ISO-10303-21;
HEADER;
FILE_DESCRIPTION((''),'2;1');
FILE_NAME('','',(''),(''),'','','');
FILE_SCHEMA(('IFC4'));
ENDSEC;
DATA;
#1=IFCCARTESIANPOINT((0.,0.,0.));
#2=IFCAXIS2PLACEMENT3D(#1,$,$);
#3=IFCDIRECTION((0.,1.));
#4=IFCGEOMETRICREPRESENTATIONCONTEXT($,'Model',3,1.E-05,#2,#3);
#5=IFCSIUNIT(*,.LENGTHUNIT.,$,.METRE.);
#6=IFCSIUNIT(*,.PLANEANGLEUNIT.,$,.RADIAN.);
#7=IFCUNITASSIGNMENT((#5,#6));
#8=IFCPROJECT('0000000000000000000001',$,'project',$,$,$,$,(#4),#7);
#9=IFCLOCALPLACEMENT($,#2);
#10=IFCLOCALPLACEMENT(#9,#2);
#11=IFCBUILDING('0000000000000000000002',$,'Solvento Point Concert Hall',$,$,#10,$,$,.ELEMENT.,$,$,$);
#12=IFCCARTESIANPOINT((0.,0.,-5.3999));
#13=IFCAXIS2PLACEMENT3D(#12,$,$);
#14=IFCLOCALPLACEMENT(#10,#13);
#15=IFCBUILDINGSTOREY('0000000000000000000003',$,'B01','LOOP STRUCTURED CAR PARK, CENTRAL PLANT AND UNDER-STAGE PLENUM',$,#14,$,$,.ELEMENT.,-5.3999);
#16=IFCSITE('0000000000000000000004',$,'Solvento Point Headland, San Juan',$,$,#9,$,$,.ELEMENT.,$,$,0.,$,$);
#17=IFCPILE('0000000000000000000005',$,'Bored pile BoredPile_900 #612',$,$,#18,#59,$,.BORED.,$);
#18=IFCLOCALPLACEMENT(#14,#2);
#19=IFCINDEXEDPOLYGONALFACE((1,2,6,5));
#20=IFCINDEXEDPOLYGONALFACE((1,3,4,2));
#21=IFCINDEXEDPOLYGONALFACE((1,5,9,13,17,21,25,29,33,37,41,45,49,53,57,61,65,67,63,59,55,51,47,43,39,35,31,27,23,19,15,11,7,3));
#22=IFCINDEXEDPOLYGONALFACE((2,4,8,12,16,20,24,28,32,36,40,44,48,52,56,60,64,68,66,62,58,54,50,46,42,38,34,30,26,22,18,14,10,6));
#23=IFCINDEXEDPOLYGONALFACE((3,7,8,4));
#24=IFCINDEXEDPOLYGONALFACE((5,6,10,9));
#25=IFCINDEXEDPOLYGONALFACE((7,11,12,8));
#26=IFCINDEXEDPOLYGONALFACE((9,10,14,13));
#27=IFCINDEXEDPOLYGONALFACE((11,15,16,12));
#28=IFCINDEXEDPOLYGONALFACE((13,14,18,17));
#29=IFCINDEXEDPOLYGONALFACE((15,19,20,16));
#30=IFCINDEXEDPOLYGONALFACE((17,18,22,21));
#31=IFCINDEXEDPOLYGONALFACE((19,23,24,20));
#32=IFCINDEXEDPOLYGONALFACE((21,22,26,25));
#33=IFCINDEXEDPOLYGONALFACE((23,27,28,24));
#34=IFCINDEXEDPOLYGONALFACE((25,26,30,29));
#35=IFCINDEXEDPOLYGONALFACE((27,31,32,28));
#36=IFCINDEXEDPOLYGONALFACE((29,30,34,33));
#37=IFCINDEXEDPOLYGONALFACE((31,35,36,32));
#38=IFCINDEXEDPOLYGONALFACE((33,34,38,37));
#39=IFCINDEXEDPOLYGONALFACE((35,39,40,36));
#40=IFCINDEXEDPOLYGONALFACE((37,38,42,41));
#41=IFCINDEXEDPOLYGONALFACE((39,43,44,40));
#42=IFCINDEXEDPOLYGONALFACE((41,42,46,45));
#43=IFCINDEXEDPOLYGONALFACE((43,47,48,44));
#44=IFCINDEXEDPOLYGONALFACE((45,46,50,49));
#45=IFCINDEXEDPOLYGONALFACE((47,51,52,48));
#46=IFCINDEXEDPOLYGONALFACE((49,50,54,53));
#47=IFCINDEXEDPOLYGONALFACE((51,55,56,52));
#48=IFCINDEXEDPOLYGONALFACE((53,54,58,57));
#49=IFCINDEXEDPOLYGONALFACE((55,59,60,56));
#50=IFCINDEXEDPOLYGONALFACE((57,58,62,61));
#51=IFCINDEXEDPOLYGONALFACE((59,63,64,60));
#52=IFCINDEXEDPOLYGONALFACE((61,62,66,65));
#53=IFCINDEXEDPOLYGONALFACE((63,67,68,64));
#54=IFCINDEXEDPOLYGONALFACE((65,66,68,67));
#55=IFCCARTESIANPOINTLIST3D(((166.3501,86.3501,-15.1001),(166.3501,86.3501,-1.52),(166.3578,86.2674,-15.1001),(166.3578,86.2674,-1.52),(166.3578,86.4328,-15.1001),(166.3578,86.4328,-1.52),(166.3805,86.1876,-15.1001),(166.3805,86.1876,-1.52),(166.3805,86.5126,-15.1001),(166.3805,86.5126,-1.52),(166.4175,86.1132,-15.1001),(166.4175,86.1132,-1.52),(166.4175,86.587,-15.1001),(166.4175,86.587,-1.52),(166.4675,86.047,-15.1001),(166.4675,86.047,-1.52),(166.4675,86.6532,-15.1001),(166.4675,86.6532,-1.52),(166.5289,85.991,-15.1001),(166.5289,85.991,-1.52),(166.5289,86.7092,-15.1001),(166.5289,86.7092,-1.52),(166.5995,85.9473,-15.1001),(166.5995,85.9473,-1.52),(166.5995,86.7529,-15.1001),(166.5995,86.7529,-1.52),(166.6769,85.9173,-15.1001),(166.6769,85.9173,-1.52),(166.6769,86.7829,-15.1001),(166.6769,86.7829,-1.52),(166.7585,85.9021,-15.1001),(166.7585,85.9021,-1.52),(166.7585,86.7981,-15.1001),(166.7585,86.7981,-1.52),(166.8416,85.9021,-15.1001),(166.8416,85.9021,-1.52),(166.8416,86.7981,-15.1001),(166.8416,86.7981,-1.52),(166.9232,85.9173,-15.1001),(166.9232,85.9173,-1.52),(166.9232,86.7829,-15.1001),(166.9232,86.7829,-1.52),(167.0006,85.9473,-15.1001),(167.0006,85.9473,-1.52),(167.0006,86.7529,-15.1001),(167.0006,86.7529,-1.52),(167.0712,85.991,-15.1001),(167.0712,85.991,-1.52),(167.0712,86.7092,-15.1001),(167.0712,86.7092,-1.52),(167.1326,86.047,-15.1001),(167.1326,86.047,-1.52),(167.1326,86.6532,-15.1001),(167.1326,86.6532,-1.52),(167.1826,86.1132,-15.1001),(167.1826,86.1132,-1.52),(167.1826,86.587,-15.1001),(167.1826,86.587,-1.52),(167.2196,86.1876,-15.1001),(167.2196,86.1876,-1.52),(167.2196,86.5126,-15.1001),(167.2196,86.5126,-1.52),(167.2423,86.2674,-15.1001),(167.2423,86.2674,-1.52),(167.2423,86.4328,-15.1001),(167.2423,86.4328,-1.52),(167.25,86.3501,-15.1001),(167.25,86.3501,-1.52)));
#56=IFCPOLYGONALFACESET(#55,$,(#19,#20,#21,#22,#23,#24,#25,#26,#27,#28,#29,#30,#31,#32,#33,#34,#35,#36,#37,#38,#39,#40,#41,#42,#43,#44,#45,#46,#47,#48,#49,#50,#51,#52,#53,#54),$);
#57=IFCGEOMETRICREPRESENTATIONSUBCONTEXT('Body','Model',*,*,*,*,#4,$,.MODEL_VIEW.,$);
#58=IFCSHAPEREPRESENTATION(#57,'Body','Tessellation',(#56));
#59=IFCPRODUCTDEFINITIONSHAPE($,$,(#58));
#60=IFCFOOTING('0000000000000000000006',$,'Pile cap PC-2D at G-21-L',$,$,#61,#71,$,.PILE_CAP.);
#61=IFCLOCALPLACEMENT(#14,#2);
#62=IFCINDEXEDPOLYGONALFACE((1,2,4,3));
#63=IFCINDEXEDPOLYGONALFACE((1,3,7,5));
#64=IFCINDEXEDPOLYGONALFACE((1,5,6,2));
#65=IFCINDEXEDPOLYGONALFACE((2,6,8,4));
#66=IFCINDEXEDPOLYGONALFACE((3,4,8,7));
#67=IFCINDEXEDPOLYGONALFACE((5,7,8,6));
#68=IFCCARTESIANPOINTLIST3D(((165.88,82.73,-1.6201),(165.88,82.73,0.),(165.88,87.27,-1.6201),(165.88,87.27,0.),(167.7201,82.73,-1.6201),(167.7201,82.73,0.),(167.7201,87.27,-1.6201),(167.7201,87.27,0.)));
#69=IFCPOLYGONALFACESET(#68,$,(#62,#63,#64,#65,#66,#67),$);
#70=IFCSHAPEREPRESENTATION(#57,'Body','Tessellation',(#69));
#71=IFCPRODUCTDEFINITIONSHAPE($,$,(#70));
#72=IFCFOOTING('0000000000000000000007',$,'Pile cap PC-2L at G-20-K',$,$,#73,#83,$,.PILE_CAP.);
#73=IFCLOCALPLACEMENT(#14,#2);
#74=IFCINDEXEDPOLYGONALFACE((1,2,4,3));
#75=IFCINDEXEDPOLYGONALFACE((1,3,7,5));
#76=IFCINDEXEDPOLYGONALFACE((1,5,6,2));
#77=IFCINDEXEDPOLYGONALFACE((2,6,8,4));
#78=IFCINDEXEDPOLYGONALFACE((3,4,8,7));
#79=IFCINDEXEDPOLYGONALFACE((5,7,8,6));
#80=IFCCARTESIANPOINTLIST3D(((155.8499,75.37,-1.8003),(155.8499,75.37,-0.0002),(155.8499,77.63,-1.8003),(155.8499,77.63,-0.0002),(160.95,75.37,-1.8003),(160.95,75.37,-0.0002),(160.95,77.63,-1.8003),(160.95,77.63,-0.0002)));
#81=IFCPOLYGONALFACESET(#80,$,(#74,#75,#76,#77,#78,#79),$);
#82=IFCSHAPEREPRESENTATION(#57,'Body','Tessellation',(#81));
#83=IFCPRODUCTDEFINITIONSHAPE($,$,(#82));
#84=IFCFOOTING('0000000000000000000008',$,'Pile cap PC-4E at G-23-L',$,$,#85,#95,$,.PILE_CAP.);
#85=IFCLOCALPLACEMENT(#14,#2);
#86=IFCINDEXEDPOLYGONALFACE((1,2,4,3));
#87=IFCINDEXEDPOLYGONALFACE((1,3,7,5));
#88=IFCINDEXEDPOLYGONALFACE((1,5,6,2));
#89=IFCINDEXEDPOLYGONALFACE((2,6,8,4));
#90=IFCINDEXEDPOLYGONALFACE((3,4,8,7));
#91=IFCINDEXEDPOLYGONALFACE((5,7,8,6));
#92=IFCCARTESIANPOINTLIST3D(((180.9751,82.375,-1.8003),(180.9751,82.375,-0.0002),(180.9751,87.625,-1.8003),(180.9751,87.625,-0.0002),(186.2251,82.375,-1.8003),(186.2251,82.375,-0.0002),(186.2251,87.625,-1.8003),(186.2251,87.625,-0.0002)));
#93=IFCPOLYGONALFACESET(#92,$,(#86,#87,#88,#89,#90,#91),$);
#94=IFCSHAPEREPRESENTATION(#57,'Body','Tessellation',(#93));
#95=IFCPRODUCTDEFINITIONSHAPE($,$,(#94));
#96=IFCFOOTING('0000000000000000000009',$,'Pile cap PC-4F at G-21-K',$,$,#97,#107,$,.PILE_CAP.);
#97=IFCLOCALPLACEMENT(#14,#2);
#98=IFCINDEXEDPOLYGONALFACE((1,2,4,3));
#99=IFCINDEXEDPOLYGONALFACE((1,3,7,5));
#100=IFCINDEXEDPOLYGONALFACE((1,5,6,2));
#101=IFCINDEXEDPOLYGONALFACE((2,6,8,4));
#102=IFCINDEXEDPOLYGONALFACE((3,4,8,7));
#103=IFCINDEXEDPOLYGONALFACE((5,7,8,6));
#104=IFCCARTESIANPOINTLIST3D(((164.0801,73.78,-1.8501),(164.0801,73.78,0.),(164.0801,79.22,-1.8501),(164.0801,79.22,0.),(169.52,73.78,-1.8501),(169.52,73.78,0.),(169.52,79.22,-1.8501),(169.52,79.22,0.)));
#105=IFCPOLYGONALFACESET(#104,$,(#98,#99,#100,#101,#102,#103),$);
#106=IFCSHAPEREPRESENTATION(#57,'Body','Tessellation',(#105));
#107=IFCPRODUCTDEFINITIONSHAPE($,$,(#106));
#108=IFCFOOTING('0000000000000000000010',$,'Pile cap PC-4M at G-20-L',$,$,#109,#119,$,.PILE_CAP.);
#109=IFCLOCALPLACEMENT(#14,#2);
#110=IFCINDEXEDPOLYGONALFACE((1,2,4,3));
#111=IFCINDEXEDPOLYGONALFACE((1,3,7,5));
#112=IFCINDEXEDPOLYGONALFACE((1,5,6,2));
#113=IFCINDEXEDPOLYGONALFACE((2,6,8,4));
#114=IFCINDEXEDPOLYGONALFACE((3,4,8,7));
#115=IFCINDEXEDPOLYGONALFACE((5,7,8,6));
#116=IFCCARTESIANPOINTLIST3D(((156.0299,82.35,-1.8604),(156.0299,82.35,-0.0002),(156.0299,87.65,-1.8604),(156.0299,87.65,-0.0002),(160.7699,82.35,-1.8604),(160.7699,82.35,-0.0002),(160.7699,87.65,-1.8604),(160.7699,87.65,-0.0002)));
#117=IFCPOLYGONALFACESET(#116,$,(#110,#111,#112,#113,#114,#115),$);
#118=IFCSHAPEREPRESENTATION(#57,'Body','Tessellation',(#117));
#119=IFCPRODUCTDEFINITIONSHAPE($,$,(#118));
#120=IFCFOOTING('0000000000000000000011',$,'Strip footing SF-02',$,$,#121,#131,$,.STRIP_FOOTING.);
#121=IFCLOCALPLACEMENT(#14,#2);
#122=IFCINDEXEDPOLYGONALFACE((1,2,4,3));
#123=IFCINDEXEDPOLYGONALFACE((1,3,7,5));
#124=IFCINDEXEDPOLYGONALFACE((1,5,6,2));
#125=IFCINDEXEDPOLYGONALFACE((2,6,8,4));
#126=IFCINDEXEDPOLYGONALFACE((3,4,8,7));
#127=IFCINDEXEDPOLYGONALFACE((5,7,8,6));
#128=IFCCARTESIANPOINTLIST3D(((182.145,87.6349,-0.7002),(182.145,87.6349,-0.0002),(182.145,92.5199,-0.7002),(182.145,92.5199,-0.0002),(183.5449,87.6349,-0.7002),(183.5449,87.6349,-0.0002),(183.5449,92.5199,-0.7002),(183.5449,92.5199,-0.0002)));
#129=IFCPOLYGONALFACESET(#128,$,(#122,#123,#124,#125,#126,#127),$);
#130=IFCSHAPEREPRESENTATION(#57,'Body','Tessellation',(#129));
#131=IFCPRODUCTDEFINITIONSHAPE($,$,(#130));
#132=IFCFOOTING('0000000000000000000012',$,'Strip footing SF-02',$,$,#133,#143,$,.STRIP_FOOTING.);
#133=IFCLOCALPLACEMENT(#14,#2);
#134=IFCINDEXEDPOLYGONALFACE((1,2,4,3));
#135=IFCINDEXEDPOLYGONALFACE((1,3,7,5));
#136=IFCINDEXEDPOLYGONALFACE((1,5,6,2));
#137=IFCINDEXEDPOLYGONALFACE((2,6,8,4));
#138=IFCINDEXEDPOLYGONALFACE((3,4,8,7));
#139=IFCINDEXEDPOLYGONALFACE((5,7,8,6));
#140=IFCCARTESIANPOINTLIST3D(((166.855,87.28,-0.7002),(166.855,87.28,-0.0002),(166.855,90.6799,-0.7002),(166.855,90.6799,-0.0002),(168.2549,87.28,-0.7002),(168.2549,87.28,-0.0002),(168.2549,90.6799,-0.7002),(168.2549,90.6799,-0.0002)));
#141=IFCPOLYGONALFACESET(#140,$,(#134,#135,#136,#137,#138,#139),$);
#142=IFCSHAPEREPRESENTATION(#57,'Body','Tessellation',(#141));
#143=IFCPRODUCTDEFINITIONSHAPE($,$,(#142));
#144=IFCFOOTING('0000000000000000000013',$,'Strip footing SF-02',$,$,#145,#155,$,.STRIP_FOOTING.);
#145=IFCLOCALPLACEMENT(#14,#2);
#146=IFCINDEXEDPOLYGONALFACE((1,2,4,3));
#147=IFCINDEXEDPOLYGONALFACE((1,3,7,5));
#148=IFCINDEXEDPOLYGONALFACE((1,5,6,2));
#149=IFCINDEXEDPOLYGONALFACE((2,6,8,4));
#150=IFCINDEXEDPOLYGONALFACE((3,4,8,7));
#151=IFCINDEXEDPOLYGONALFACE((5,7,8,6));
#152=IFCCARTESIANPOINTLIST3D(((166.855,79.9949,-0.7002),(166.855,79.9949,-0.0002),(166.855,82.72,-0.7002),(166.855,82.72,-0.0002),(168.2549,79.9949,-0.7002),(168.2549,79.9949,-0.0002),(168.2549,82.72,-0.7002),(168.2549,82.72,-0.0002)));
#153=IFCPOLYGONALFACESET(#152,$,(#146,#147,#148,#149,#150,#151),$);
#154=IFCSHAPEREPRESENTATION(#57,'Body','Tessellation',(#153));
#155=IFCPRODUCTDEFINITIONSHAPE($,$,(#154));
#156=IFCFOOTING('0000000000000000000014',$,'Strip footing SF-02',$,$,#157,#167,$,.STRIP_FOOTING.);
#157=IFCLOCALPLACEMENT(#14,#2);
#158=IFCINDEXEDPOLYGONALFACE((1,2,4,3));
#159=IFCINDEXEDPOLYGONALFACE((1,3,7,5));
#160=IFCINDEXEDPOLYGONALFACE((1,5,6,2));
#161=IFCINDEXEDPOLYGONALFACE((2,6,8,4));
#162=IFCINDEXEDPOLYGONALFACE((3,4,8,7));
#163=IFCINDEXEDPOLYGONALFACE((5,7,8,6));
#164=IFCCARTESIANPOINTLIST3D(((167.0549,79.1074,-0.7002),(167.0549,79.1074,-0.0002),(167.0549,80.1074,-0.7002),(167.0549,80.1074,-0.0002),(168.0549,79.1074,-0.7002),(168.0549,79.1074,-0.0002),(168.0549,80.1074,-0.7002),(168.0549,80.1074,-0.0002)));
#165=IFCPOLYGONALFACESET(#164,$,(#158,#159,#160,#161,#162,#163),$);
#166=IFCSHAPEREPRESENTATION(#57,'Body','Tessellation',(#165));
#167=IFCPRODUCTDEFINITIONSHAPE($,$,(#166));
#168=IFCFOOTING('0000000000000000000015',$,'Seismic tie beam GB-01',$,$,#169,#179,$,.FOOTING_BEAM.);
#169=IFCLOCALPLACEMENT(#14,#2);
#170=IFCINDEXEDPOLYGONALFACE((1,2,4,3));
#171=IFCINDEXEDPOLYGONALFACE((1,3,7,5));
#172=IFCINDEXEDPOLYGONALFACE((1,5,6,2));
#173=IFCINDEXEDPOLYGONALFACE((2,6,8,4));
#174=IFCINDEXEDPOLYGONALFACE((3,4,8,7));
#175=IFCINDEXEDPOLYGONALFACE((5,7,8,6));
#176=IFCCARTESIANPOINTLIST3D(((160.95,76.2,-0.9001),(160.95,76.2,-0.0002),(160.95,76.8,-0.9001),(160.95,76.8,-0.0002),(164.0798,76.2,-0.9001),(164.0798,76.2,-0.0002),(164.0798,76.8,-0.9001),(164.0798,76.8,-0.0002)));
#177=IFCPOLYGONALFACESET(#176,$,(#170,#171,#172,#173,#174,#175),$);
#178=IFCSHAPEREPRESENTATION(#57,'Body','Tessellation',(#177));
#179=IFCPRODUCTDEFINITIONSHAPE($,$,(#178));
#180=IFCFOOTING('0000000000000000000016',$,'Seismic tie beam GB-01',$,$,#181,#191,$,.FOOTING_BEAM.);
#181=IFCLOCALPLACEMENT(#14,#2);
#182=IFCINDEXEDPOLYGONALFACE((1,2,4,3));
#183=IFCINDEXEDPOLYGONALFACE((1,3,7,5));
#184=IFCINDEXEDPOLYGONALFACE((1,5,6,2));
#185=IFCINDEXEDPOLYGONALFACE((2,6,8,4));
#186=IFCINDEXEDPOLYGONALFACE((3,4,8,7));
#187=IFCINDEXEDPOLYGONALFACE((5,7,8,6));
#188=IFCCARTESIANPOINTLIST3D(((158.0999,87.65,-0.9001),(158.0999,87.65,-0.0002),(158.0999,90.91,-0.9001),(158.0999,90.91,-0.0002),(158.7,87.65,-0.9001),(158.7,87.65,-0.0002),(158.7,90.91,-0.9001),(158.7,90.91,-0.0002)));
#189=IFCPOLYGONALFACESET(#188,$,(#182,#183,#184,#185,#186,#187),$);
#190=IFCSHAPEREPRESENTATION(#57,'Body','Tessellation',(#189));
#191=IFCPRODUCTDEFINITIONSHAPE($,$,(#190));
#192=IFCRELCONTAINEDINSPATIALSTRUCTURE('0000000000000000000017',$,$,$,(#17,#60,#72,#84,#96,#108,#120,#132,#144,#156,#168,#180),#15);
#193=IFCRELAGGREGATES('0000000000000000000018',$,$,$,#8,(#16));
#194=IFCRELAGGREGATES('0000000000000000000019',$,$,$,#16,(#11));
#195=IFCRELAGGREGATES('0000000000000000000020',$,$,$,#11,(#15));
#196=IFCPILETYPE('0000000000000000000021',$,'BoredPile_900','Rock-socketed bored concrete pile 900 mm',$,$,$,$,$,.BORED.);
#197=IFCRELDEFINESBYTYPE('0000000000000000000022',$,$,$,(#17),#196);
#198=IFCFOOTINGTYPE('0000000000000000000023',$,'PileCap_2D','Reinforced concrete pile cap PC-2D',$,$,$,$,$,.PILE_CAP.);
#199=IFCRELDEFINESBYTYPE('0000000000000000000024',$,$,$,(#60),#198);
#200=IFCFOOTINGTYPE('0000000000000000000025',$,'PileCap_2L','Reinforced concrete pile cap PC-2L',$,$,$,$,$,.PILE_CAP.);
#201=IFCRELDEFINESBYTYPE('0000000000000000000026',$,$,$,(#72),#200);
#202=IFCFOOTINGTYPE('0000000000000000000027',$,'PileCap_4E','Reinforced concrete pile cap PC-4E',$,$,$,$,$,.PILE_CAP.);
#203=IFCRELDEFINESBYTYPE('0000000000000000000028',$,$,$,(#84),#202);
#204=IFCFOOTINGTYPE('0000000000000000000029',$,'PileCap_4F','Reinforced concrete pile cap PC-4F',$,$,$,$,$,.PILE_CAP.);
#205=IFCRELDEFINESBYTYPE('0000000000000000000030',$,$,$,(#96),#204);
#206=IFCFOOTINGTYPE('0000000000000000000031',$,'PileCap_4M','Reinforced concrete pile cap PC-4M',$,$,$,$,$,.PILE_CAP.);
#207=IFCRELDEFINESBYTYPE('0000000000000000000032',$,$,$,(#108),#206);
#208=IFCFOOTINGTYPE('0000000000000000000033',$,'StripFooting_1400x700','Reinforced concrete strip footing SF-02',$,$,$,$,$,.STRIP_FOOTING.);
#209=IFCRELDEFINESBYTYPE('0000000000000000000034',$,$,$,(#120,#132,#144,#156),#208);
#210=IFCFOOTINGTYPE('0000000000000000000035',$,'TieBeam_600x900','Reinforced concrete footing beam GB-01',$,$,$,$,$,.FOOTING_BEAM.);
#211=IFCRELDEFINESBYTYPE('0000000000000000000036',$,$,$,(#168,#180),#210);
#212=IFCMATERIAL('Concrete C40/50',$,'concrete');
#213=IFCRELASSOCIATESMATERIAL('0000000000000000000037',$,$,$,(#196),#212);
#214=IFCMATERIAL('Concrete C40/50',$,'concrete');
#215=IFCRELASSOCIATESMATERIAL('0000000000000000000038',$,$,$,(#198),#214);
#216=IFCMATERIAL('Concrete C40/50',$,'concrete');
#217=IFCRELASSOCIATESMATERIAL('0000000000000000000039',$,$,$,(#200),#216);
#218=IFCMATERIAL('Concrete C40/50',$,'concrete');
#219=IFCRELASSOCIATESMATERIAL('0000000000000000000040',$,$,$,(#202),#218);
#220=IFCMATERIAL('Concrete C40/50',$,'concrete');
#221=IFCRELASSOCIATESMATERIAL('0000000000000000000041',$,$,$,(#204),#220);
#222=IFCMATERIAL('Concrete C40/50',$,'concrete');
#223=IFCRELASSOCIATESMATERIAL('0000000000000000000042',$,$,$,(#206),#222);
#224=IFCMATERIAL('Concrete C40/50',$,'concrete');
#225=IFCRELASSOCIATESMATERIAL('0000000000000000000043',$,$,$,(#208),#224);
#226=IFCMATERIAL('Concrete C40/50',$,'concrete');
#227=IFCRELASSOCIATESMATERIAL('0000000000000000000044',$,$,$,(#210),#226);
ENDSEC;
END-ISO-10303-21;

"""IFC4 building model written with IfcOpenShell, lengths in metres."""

from ifc_helpers import new_model, si_unit, direction, frame, origin, origin_2d, place, context, subcontext, project, spatial, rectangle, circle, extrude, material, material_profile, profile_set, type_object, element, save


model = new_model("IFC4")

# Units and contexts
model_context = context("Model", 3, precision=1e-05, world=origin(), true_north=direction((0.0, 1.0)))
body_context = subcontext(model_context, "Body", "Model", "MODEL_VIEW")
ifc_project = project(units=[si_unit("LENGTHUNIT", "METRE"), si_unit("PLANEANGLEUNIT", "RADIAN")], contexts=[model_context])

# Site, building, storey
site_placement = place(None, origin())
site = spatial("IfcSite", under=ifc_project, at=site_placement, Name="Solvento Point Headland, San Juan", CompositionType="ELEMENT", RefElevation=0.0)
building_placement = place(site_placement, origin())
building = spatial("IfcBuilding", under=site, at=building_placement, Name="Solvento Point Concert Hall", CompositionType="ELEMENT")
storey_placement = place(building_placement, frame((0.0, 0.0, -5.3999)))
storey = spatial("IfcBuildingStorey", under=building, at=storey_placement, Name="B01", Description="LOOP STRUCTURED CAR PARK, CENTRAL PLANT AND UNDER-STAGE PLENUM", CompositionType="ELEMENT", Elevation=-5.3999)

# Pile
ifc_material_1 = material(Name="Concrete C40/50", Category="concrete")
ifc_material_profile_1 = material_profile(ifc_material_1, circle(Radius=0.45, at=origin_2d()), Name="BP-900")
ifc_profile_set_1 = profile_set([ifc_material_profile_1], Name="Concrete C40/50")
pile_type_1 = type_object("IfcPileType", Name="BoredPile_900", Description="Rock-socketed bored concrete pile 900 mm", PredefinedType="BORED", material=ifc_profile_set_1)
for number, where, z_axis, x_axis, name in (
    (1, (166.8, 86.3501, -1.52), (0.0, 0.0, -1.0), (1.0, 0.0, 0.0), "Bored pile BoredPile_900 #612"),
):
    element("IfcPile", number, at=place(storey_placement, frame(where, z_axis=z_axis, x_axis=x_axis)), inside=storey, type_object=pile_type_1, Name=name, PredefinedType="BORED", context=body_context, shape_type="SweptSolid", body=[
        extrude(circle(Radius=0.45, at=origin_2d()), origin(), (0.0, 0.0, 1.0), 13.5801),
    ])

# Footings
ifc_material_2 = material(Name="Concrete C40/50", Category="concrete")
footing_type_1 = type_object("IfcFootingType", Name="PileCap_2D", Description="Reinforced concrete pile cap PC-2D", PredefinedType="PILE_CAP", material=ifc_material_2)
footing_1_placement = place(storey_placement, frame((166.8, 85.0, -1.6201), z_axis=(0.0, 0.0, 1.0), x_axis=(1.0, 0.0, 0.0)))
element("IfcFooting", 2, at=footing_1_placement, inside=storey, type_object=footing_type_1, Name="Pile cap PC-2D at G-21-L", PredefinedType="PILE_CAP", context=body_context, shape_type="SweptSolid", body=[
    extrude(rectangle(XDim=1.8401, YDim=4.54, at=origin_2d()), origin(), (0.0, 0.0, 1.0), 1.6201),
])
ifc_material_3 = material(Name="Concrete C40/50", Category="concrete")
footing_type_2 = type_object("IfcFootingType", Name="PileCap_2L", Description="Reinforced concrete pile cap PC-2L", PredefinedType="PILE_CAP", material=ifc_material_3)
footing_2_placement = place(storey_placement, frame((158.3999, 76.5, -1.8003), z_axis=(0.0, 0.0, 1.0), x_axis=(1.0, 0.0, 0.0)))
element("IfcFooting", 3, at=footing_2_placement, inside=storey, type_object=footing_type_2, Name="Pile cap PC-2L at G-20-K", PredefinedType="PILE_CAP", context=body_context, shape_type="SweptSolid", body=[
    extrude(rectangle(XDim=5.1001, YDim=2.26, at=origin_2d()), origin(), (0.0, 0.0, 1.0), 1.8),
])
ifc_material_4 = material(Name="Concrete C40/50", Category="concrete")
footing_type_3 = type_object("IfcFootingType", Name="PileCap_4E", Description="Reinforced concrete pile cap PC-4E", PredefinedType="PILE_CAP", material=ifc_material_4)
footing_3_placement = place(storey_placement, frame((183.6001, 85.0, -1.8003), z_axis=(0.0, 0.0, 1.0), x_axis=(1.0, 0.0, 0.0)))
element("IfcFooting", 4, at=footing_3_placement, inside=storey, type_object=footing_type_3, Name="Pile cap PC-4E at G-23-L", PredefinedType="PILE_CAP", context=body_context, shape_type="SweptSolid", body=[
    extrude(rectangle(XDim=5.25, YDim=5.25, at=origin_2d()), origin(), (0.0, 0.0, 1.0), 1.8),
])
ifc_material_5 = material(Name="Concrete C40/50", Category="concrete")
footing_type_4 = type_object("IfcFootingType", Name="PileCap_4F", Description="Reinforced concrete pile cap PC-4F", PredefinedType="PILE_CAP", material=ifc_material_5)
footing_4_placement = place(storey_placement, frame((166.8, 76.5, -1.8501), z_axis=(0.0, 0.0, 1.0), x_axis=(1.0, 0.0, 0.0)))
element("IfcFooting", 5, at=footing_4_placement, inside=storey, type_object=footing_type_4, Name="Pile cap PC-4F at G-21-K", PredefinedType="PILE_CAP", context=body_context, shape_type="SweptSolid", body=[
    extrude(rectangle(XDim=5.4399, YDim=5.4399, at=origin_2d()), origin(), (0.0, 0.0, 1.0), 1.8501),
])
ifc_material_6 = material(Name="Concrete C40/50", Category="concrete")
footing_type_5 = type_object("IfcFootingType", Name="PileCap_4M", Description="Reinforced concrete pile cap PC-4M", PredefinedType="PILE_CAP", material=ifc_material_6)
footing_5_placement = place(storey_placement, frame((158.3999, 85.0, -1.8604), z_axis=(0.0, 0.0, 1.0), x_axis=(1.0, 0.0, 0.0)))
element("IfcFooting", 6, at=footing_5_placement, inside=storey, type_object=footing_type_5, Name="Pile cap PC-4M at G-20-L", PredefinedType="PILE_CAP", context=body_context, shape_type="SweptSolid", body=[
    extrude(rectangle(XDim=4.74, YDim=5.3, at=origin_2d()), origin(), (0.0, 0.0, 1.0), 1.8601),
])
ifc_material_7 = material(Name="Concrete C40/50", Category="concrete")
footing_type_6 = type_object("IfcFootingType", Name="StripFooting_1400x700", Description="Reinforced concrete strip footing SF-02", PredefinedType="STRIP_FOOTING", material=ifc_material_7)
footing_6_placement = place(storey_placement, frame((182.845, 90.0774, -0.7002), z_axis=(0.0, 0.0, 1.0), x_axis=(0.0, 1.0, 0.0)))
element("IfcFooting", 7, at=footing_6_placement, inside=storey, type_object=footing_type_6, Name="Strip footing SF-02", PredefinedType="STRIP_FOOTING", context=body_context, shape_type="SweptSolid", body=[
    extrude(rectangle(XDim=4.885, YDim=1.3999, at=origin_2d()), origin(), (0.0, 0.0, 1.0), 0.7),
])
footing_7_placement = place(storey_placement, frame((167.5549, 88.98, -0.7002), z_axis=(0.0, 0.0, 1.0), x_axis=(0.0, -1.0, 0.0)))
element("IfcFooting", 8, at=footing_7_placement, inside=storey, type_object=footing_type_6, Name="Strip footing SF-02", PredefinedType="STRIP_FOOTING", context=body_context, shape_type="SweptSolid", body=[
    extrude(rectangle(XDim=3.3999, YDim=1.3999, at=origin_2d()), origin(), (0.0, 0.0, 1.0), 0.7),
])
footing_8_placement = place(storey_placement, frame((167.5549, 81.3574, -0.7002), z_axis=(0.0, 0.0, 1.0), x_axis=(0.0, -1.0, 0.0)))
element("IfcFooting", 9, at=footing_8_placement, inside=storey, type_object=footing_type_6, Name="Strip footing SF-02", PredefinedType="STRIP_FOOTING", context=body_context, shape_type="SweptSolid", body=[
    extrude(rectangle(XDim=2.7251, YDim=1.3999, at=origin_2d()), origin(), (0.0, 0.0, 1.0), 0.7),
])
footing_9_placement = place(storey_placement, frame((167.5549, 79.6074, -0.7002), z_axis=(0.0, 0.0, 1.0), x_axis=(0.0, -1.0, 0.0)))
element("IfcFooting", 10, at=footing_9_placement, inside=storey, type_object=footing_type_6, Name="Strip footing SF-02", PredefinedType="STRIP_FOOTING", context=body_context, shape_type="SweptSolid", body=[
    extrude(rectangle(XDim=1.0, YDim=1.0, at=origin_2d()), origin(), (0.0, 0.0, 1.0), 0.7),
])
ifc_material_8 = material(Name="Concrete C40/50", Category="concrete")
footing_type_7 = type_object("IfcFootingType", Name="TieBeam_600x900", Description="Reinforced concrete footing beam GB-01", PredefinedType="FOOTING_BEAM", material=ifc_material_8)
footing_10_placement = place(storey_placement, frame((162.5149, 76.5, -0.9001), z_axis=(0.0, 0.0, 1.0), x_axis=(1.0, 0.0, 0.0)))
element("IfcFooting", 11, at=footing_10_placement, inside=storey, type_object=footing_type_7, Name="Seismic tie beam GB-01", PredefinedType="FOOTING_BEAM", context=body_context, shape_type="SweptSolid", body=[
    extrude(rectangle(XDim=3.1299, YDim=0.6001, at=origin_2d()), origin(), (0.0, 0.0, 1.0), 0.8999),
])
footing_11_placement = place(storey_placement, frame((158.3999, 89.28, -0.9001), z_axis=(0.0, 0.0, 1.0), x_axis=(0.0, 1.0, 0.0)))
element("IfcFooting", 12, at=footing_11_placement, inside=storey, type_object=footing_type_7, Name="Seismic tie beam GB-01", PredefinedType="FOOTING_BEAM", context=body_context, shape_type="SweptSolid", body=[
    extrude(rectangle(XDim=3.26, YDim=0.6001, at=origin_2d()), origin(), (0.0, 0.0, 1.0), 0.8999),
])

save(model, "model.ifc")
